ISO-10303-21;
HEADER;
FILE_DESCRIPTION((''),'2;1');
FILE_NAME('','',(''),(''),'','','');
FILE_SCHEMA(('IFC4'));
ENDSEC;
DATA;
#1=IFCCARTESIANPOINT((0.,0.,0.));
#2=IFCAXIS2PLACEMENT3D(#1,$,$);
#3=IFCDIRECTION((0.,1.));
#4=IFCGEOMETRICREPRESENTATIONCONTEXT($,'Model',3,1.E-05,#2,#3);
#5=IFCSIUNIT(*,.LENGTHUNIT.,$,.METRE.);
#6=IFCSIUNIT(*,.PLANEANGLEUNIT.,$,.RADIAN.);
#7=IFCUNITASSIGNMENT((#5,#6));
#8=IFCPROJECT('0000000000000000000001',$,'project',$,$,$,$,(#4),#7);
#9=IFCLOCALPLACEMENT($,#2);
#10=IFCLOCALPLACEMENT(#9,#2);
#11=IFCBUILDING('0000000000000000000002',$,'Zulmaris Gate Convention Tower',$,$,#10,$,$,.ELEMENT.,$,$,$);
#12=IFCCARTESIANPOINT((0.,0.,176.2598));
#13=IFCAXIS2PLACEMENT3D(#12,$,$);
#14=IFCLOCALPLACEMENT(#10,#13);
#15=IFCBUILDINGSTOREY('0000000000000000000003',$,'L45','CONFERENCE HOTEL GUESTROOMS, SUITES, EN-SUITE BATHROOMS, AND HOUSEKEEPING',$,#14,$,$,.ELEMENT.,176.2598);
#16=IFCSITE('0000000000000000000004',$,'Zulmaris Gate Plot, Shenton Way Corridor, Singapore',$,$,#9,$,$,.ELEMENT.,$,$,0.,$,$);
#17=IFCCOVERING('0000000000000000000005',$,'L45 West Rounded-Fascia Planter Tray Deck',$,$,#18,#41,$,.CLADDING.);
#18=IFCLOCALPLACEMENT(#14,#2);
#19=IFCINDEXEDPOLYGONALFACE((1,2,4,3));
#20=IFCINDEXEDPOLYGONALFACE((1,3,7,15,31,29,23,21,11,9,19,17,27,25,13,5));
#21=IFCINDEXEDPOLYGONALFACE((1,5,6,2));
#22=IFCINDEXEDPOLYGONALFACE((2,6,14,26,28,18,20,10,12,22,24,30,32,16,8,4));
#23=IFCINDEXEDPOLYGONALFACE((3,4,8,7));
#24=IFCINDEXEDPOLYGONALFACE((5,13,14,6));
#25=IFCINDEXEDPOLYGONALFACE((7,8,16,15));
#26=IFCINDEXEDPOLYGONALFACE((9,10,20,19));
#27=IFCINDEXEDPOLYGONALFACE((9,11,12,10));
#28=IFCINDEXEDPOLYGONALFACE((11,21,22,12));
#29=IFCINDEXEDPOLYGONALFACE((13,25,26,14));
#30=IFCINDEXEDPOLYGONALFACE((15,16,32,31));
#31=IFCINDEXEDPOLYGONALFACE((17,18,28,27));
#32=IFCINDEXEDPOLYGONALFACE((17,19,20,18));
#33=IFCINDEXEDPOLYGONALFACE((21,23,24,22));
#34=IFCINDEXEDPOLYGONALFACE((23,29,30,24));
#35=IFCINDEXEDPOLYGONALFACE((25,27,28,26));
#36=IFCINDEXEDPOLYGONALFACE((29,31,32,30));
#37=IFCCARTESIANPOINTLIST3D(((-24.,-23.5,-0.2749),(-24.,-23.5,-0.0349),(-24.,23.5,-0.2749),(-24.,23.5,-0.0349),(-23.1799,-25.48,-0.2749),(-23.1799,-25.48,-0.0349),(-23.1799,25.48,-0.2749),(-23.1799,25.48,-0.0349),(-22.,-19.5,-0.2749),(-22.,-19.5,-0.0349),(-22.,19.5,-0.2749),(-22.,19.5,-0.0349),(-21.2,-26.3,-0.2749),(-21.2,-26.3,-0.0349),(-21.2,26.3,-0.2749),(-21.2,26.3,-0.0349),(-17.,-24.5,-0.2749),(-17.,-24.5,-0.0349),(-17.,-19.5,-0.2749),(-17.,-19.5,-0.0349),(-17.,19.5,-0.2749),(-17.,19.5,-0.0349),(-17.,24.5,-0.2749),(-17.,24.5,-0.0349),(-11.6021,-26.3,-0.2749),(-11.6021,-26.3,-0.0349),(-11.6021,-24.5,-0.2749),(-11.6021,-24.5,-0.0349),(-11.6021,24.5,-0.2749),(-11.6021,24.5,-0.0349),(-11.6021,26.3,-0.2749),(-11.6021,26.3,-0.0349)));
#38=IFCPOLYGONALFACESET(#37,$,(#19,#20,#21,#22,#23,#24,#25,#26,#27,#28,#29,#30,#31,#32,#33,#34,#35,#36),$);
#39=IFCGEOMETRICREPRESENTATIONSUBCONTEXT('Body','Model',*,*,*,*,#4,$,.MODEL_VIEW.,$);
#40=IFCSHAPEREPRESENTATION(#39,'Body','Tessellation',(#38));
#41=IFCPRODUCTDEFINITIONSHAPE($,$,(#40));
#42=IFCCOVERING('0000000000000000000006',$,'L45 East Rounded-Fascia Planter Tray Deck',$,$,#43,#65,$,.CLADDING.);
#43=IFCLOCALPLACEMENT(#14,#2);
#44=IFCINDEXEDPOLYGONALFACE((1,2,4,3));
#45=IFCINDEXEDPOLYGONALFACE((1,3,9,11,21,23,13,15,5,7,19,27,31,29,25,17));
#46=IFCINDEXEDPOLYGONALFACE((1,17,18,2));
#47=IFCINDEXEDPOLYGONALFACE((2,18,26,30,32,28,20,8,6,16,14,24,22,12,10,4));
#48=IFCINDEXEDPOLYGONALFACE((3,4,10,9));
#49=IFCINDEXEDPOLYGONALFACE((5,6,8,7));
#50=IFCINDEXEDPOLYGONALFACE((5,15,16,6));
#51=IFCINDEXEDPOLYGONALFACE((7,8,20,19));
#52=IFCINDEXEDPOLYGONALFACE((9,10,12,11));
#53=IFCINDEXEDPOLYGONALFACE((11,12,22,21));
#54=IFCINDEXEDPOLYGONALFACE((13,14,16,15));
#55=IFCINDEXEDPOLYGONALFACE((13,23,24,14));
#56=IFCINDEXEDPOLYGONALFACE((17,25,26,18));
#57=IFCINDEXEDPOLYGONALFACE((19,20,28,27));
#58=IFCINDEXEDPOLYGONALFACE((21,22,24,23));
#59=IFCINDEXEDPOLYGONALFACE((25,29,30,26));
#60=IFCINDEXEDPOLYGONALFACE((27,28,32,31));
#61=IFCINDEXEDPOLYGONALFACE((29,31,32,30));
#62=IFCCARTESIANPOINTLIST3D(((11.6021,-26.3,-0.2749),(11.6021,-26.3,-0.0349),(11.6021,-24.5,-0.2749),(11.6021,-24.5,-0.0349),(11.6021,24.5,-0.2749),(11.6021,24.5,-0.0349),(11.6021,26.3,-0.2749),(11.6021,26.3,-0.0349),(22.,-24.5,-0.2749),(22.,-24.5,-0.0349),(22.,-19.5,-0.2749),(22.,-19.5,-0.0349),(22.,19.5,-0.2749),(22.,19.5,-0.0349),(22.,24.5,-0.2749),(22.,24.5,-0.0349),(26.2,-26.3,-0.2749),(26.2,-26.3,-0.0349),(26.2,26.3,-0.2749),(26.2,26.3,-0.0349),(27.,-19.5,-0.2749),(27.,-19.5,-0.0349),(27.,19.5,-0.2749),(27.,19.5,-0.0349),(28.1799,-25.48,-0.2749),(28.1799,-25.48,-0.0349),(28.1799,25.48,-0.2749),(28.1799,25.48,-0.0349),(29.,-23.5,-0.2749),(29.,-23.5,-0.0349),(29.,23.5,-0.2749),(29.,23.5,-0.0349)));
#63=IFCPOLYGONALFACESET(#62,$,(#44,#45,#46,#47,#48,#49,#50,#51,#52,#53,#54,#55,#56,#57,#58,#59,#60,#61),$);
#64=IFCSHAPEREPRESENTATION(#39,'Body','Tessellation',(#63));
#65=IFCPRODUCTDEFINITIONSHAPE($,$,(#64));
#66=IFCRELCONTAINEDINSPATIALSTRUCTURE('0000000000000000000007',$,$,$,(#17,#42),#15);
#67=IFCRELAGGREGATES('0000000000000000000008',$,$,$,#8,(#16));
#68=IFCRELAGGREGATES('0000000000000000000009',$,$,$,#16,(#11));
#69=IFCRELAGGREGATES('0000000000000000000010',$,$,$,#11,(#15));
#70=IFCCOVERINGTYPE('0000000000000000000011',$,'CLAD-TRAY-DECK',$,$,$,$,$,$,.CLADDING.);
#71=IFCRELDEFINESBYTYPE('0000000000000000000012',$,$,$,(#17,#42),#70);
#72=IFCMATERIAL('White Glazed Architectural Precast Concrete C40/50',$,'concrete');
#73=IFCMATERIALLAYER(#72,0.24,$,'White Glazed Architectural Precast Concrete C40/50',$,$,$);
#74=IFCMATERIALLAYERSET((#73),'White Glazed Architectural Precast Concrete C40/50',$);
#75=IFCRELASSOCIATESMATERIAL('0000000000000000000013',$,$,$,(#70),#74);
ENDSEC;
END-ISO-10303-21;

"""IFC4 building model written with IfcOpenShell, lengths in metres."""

from ifc_helpers import new_model, si_unit, direction, frame, origin, place, context, subcontext, project, spatial, polyline, outline, extrude, material, layer, layer_set, type_object, element, save


model = new_model("IFC4")

# Units and contexts
model_context = context("Model", 3, precision=1e-05, world=origin(), true_north=direction((0.0, 1.0)))
body_context = subcontext(model_context, "Body", "Model", "MODEL_VIEW")
ifc_project = project(units=[si_unit("LENGTHUNIT", "METRE"), si_unit("PLANEANGLEUNIT", "RADIAN")], contexts=[model_context])

# Site, building, storey
site_placement = place(None, origin())
site = spatial("IfcSite", under=ifc_project, at=site_placement, Name="Zulmaris Gate Plot, Shenton Way Corridor, Singapore", CompositionType="ELEMENT", RefElevation=0.0)
building_placement = place(site_placement, origin())
building = spatial("IfcBuilding", under=site, at=building_placement, Name="Zulmaris Gate Convention Tower", CompositionType="ELEMENT")
storey_placement = place(building_placement, frame((0.0, 0.0, 176.2598)))
storey = spatial("IfcBuildingStorey", under=building, at=storey_placement, Name="L45", Description="CONFERENCE HOTEL GUESTROOMS, SUITES, EN-SUITE BATHROOMS, AND HOUSEKEEPING", CompositionType="ELEMENT", Elevation=176.2598)

# Coverings
ifc_material_1 = material(Name="White Glazed Architectural Precast Concrete C40/50", Category="concrete")
ifc_layer_1 = layer(ifc_material_1, 0.24, Name="White Glazed Architectural Precast Concrete C40/50")
ifc_layer_set_1 = layer_set([ifc_layer_1], Name="White Glazed Architectural Precast Concrete C40/50")
covering_type = type_object("IfcCoveringType", Name="CLAD-TRAY-DECK", PredefinedType="CLADDING", material=ifc_layer_set_1)
covering_1_placement = place(storey_placement, frame((0.0, 0.0, -0.2749)))
element("IfcCovering", 1, at=covering_1_placement, inside=storey, type_object=covering_type, Name="L45 West Rounded-Fascia Planter Tray Deck", PredefinedType="CLADDING", context=body_context, shape_type="SweptSolid", body=[
    extrude(outline(polyline([(-24.0, 23.5), (-23.1799, 25.48), (-21.2, 26.3), (-11.6021, 26.3), (-11.6021, 24.5), (-17.0, 24.5), (-17.0, 19.5), (-22.0, 19.5), (-22.0, -19.5), (-17.0, -19.5), (-17.0, -24.5), (-11.6021, -24.5), (-11.6021, -26.3), (-21.2, -26.3), (-23.1799, -25.48), (-24.0, -23.5), (-24.0, 23.5)])), origin(), (0.0, 0.0, 1.0), 0.24),
])
covering_2_placement = place(storey_placement, frame((0.0, 0.0, -0.2749)))
element("IfcCovering", 2, at=covering_2_placement, inside=storey, type_object=covering_type, Name="L45 East Rounded-Fascia Planter Tray Deck", PredefinedType="CLADDING", context=body_context, shape_type="SweptSolid", body=[
    extrude(outline(polyline([(26.2, 26.3), (28.1799, 25.48), (29.0, 23.5), (29.0, -23.5), (28.1799, -25.48), (26.2, -26.3), (11.6021, -26.3), (11.6021, -24.5), (22.0, -24.5), (22.0, -19.5), (27.0, -19.5), (27.0, 19.5), (22.0, 19.5), (22.0, 24.5), (11.6021, 24.5), (11.6021, 26.3), (26.2, 26.3)])), origin(), (0.0, 0.0, 1.0), 0.24),
])

save(model, "model.ifc")
